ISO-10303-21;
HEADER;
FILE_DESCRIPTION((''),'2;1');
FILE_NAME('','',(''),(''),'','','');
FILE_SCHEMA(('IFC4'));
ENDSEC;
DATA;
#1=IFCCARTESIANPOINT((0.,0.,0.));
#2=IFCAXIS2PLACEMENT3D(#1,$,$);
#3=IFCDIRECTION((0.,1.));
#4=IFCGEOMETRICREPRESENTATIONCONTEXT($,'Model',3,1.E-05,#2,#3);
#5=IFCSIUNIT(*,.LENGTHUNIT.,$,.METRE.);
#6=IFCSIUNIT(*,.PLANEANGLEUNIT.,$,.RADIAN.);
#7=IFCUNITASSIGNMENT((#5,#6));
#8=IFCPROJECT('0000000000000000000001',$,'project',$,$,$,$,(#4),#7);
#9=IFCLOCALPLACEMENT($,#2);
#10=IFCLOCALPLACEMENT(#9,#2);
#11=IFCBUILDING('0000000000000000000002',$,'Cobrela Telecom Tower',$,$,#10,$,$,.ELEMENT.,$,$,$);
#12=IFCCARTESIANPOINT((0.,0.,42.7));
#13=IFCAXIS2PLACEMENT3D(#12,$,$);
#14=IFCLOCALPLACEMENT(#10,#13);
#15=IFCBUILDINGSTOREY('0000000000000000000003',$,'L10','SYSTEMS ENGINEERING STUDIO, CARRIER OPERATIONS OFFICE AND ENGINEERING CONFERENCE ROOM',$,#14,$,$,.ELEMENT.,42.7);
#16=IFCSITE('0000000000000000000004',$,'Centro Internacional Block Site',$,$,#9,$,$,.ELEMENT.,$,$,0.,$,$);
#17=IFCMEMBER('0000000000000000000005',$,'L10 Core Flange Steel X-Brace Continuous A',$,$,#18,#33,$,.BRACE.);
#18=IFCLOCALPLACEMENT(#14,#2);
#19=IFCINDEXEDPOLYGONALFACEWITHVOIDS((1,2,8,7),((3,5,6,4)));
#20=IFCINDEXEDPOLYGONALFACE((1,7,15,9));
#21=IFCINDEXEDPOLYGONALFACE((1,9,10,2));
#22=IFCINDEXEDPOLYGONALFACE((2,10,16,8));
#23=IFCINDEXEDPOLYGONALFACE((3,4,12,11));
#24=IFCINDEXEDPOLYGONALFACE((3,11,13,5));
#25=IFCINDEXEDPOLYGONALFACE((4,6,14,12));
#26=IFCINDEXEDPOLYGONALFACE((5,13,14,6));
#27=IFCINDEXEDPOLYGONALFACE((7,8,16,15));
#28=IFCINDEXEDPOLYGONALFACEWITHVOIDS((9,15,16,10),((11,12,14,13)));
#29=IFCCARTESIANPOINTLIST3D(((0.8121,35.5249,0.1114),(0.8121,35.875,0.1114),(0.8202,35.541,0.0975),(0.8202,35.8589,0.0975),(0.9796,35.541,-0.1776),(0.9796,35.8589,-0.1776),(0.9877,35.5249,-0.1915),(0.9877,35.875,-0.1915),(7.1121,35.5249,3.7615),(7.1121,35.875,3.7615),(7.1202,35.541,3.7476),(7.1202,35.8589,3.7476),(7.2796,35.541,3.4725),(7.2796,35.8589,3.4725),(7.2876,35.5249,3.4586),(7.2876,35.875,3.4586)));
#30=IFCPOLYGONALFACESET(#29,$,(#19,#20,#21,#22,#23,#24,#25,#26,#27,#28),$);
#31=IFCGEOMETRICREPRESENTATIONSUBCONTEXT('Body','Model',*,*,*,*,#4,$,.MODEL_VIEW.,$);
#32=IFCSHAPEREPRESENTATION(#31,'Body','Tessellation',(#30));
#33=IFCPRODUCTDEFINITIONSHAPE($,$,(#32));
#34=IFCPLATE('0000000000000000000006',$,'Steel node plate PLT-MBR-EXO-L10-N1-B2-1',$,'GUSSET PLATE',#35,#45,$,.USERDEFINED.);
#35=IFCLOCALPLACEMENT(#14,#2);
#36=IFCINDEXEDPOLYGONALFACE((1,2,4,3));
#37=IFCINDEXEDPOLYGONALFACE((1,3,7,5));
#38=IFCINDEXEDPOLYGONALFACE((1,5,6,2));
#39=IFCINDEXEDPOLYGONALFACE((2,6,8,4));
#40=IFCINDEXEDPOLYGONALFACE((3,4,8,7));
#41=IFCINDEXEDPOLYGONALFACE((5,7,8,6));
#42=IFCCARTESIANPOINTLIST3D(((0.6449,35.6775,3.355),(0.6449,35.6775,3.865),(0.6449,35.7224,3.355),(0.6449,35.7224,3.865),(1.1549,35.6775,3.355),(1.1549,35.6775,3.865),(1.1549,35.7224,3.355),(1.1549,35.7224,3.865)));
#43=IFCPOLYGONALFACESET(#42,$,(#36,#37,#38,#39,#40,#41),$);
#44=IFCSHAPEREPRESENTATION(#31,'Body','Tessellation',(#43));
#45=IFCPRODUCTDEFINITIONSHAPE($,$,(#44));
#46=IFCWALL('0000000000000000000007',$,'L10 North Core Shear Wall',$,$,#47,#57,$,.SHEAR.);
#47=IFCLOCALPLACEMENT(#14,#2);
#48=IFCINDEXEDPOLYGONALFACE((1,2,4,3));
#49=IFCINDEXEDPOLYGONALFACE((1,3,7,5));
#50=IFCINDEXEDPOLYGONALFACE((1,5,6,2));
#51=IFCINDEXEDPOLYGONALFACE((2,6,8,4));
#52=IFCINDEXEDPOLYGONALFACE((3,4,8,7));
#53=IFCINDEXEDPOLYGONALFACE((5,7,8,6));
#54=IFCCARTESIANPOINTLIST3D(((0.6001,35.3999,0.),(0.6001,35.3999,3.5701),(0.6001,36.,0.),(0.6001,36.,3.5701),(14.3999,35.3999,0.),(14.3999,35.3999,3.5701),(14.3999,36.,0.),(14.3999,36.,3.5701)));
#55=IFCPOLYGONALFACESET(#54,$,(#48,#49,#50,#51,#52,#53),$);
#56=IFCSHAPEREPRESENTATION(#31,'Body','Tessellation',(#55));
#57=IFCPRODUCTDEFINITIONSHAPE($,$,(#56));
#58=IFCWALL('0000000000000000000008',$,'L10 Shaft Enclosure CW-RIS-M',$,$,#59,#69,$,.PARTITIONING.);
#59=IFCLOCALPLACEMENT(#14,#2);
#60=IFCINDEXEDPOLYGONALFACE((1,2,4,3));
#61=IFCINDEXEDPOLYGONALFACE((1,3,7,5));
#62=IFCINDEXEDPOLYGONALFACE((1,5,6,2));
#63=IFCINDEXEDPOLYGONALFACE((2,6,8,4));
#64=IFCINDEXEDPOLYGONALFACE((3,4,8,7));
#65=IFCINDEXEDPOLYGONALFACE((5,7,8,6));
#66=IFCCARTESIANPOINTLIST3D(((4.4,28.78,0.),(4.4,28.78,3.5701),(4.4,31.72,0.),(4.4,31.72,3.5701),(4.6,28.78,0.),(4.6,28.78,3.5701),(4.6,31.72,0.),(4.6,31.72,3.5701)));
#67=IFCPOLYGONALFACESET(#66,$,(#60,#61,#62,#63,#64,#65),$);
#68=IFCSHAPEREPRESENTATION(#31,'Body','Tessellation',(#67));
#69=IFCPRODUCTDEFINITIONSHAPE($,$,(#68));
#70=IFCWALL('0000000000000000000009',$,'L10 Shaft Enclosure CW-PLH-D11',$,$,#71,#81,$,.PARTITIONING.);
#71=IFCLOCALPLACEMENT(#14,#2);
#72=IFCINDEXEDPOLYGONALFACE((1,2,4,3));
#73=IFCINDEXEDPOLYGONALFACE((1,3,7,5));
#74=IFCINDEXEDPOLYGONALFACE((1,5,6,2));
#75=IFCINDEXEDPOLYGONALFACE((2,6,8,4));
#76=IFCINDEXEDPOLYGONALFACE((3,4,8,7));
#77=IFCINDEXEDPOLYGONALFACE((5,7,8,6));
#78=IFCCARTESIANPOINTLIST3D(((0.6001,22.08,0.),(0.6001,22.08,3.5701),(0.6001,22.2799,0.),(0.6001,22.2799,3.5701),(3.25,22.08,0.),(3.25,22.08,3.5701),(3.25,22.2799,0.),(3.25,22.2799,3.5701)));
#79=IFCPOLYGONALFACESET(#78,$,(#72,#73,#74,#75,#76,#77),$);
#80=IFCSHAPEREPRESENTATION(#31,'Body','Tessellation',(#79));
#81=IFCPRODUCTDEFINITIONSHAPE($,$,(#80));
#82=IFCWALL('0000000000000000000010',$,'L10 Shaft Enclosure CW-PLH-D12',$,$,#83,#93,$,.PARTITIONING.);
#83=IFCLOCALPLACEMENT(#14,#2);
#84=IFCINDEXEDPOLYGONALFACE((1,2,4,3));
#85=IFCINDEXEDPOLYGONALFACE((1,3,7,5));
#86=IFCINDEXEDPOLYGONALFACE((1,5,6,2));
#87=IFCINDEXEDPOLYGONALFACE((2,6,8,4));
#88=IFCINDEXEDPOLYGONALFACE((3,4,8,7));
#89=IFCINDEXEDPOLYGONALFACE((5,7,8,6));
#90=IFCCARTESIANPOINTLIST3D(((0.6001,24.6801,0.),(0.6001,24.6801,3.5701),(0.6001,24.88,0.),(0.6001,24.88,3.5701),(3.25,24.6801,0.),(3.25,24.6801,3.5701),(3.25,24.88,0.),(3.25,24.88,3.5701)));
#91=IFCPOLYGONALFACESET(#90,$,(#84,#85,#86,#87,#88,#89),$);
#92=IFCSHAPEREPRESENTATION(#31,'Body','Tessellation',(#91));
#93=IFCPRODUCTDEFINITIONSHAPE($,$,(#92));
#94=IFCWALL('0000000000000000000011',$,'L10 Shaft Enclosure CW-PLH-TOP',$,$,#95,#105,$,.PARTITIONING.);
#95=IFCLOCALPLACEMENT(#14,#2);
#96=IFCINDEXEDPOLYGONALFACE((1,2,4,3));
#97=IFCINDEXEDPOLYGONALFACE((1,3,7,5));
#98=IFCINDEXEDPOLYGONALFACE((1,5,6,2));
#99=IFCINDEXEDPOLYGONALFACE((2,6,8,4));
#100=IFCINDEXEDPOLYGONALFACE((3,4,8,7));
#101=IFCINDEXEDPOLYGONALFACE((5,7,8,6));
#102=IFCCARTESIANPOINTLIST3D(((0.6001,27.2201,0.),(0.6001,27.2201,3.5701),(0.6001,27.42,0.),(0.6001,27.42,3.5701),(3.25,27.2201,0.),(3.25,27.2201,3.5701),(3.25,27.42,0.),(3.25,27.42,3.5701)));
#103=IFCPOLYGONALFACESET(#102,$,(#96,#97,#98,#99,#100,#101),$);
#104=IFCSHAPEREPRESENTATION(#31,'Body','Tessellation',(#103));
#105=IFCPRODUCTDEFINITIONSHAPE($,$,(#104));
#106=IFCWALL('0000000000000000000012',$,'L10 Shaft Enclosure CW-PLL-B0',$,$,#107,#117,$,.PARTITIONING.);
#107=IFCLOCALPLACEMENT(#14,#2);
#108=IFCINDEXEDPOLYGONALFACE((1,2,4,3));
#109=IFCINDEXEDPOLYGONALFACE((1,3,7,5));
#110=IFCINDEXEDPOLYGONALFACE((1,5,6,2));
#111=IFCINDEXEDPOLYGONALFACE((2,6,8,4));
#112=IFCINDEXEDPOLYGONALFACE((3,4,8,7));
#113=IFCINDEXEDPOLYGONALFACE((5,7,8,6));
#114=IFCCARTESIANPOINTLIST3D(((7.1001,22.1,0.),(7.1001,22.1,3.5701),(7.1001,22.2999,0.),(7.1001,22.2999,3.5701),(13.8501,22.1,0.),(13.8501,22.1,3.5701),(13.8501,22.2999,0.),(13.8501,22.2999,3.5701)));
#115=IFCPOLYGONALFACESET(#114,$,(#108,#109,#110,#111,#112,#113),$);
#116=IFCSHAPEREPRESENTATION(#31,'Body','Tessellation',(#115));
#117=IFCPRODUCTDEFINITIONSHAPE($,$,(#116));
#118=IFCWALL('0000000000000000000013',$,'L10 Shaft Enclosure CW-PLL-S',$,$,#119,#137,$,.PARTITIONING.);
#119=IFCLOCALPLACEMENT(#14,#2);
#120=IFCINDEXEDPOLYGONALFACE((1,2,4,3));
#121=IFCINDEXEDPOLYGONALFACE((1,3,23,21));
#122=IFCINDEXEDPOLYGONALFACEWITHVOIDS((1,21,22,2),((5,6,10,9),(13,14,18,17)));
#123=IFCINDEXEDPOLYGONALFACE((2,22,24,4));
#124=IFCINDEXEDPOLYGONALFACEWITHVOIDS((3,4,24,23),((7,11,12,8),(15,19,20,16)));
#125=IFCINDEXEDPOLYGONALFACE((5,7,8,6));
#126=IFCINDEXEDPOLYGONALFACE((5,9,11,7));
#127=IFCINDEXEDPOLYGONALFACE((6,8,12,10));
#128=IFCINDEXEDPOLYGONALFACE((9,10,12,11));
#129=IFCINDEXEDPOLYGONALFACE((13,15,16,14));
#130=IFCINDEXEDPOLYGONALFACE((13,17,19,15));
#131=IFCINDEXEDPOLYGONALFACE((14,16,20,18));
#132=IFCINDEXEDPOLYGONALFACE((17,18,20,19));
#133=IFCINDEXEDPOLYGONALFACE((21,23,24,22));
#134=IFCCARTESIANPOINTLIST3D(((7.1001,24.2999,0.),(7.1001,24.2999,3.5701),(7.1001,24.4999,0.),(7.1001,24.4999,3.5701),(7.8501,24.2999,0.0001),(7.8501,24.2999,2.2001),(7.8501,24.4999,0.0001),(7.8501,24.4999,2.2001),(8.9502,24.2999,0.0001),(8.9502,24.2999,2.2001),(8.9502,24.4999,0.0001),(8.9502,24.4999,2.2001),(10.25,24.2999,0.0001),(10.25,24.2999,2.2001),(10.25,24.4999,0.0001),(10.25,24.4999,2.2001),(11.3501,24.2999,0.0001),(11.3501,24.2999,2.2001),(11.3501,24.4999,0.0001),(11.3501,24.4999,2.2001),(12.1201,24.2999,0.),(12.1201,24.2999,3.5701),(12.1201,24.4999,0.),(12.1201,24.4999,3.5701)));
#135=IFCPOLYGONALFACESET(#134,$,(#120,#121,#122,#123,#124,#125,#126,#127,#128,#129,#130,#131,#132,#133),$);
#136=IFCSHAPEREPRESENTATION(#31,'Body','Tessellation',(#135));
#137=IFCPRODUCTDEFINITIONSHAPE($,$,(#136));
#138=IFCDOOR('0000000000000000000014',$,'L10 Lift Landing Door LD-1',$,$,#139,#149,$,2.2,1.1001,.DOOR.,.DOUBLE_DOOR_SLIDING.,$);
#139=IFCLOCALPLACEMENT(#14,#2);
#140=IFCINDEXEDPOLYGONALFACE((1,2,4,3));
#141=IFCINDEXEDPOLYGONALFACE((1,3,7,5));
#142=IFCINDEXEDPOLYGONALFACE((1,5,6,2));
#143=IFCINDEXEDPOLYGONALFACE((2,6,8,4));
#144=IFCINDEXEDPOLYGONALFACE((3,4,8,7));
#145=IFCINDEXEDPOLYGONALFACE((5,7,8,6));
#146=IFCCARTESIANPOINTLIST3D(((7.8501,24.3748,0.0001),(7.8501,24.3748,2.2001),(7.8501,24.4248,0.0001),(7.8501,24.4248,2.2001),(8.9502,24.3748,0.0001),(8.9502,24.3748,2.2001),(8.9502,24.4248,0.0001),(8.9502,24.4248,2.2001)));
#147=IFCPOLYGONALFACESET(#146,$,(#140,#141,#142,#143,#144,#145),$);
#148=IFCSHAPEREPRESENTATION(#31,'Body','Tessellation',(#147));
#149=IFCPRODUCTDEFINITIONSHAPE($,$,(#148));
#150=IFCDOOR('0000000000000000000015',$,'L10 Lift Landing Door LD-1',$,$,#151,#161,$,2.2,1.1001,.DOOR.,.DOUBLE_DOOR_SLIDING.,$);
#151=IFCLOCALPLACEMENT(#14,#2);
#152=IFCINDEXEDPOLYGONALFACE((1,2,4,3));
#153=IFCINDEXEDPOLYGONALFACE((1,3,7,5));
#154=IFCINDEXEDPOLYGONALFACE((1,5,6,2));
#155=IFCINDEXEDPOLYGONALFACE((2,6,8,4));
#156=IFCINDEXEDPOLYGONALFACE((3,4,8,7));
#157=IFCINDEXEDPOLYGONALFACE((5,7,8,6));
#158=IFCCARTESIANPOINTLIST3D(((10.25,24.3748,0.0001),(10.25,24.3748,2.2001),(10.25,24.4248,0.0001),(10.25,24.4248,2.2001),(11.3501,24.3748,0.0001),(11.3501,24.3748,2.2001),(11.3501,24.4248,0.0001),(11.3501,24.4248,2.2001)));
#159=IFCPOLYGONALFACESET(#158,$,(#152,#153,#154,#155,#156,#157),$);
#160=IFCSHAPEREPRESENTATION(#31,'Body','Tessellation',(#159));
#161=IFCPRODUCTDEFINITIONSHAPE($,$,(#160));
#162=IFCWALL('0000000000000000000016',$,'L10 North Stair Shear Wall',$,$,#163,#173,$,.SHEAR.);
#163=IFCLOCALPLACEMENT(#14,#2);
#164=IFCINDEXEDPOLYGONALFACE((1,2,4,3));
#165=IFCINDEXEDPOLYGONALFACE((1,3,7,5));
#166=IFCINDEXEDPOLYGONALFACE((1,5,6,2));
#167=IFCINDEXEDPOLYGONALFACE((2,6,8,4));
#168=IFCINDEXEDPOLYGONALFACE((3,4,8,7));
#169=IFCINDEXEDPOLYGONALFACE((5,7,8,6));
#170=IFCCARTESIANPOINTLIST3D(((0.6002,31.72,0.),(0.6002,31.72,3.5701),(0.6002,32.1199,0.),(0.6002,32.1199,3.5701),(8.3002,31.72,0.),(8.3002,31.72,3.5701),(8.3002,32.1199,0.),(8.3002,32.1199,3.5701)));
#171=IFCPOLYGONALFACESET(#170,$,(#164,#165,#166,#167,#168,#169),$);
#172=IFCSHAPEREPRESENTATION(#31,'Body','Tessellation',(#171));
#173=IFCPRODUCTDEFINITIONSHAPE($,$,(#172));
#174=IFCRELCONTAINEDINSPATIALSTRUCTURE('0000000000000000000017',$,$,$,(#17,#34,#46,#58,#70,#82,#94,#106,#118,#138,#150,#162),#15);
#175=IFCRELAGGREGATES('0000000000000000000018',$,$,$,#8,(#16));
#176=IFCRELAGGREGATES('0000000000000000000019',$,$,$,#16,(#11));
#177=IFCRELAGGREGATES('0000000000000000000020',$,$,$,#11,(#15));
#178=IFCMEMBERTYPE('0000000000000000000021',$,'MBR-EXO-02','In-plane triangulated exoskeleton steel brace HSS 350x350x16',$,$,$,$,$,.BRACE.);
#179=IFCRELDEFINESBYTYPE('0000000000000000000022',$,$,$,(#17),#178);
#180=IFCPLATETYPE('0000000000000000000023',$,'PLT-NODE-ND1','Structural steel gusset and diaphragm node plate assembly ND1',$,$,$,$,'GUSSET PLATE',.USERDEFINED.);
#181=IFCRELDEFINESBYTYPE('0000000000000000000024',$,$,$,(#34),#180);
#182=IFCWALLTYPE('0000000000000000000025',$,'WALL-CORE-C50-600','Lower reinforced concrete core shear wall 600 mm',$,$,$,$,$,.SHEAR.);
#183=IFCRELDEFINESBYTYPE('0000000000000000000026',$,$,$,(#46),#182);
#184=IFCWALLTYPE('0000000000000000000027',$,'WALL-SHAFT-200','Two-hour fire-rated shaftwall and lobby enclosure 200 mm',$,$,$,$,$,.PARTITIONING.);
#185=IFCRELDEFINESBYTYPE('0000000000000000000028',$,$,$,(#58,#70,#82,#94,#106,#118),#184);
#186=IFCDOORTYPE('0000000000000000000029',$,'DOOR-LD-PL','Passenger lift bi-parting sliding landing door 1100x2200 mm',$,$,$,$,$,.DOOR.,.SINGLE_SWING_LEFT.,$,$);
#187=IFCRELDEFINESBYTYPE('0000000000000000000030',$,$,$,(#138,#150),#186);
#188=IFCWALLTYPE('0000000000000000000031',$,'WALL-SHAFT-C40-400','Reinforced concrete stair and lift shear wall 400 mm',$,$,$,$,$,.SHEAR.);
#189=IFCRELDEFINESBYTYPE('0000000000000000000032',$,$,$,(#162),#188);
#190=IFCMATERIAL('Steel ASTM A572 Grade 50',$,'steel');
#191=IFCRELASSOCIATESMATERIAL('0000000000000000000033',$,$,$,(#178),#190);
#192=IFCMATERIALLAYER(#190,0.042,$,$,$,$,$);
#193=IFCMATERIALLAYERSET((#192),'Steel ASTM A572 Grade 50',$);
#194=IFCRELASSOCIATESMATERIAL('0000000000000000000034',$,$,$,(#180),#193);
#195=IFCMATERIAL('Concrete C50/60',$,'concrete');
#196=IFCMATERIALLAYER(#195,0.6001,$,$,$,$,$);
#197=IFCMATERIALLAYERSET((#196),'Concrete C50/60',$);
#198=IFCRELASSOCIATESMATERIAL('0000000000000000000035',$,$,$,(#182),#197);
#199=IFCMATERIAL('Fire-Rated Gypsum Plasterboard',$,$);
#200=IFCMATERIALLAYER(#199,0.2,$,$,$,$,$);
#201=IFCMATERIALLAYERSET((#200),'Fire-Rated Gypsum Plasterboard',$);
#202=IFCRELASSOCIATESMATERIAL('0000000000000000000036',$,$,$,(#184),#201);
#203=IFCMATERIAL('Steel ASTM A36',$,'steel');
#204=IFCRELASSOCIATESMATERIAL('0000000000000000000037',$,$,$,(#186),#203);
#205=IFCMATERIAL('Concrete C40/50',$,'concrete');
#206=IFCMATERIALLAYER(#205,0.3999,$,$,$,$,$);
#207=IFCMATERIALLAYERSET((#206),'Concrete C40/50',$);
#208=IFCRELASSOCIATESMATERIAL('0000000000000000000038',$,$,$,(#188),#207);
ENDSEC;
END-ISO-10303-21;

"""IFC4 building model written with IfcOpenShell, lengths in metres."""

from ifc_helpers import new_model, si_unit, direction, frame, frame_2d, origin, origin_2d, place, context, subcontext, project, spatial, rectangle, hollow_rectangle, extrude, material, layer, layer_set, material_profile, profile_set, type_object, element, fill, save


model = new_model("IFC4")

# Units and contexts
model_context = context("Model", 3, precision=1e-05, world=origin(), true_north=direction((0.0, 1.0)))
body_context = subcontext(model_context, "Body", "Model", "MODEL_VIEW")
ifc_project = project(units=[si_unit("LENGTHUNIT", "METRE"), si_unit("PLANEANGLEUNIT", "RADIAN")], contexts=[model_context])

# Site, building, storey
site_placement = place(None, origin())
site = spatial("IfcSite", under=ifc_project, at=site_placement, Name="Centro Internacional Block Site", CompositionType="ELEMENT", RefElevation=0.0)
building_placement = place(site_placement, origin())
building = spatial("IfcBuilding", under=site, at=building_placement, Name="Cobrela Telecom Tower", CompositionType="ELEMENT")
storey_placement = place(building_placement, frame((0.0, 0.0, 42.7)))
storey = spatial("IfcBuildingStorey", under=building, at=storey_placement, Name="L10", Description="SYSTEMS ENGINEERING STUDIO, CARRIER OPERATIONS OFFICE AND ENGINEERING CONFERENCE ROOM", CompositionType="ELEMENT", Elevation=42.7)

# Member
ifc_material_1 = material(Name="Steel ASTM A572 Grade 50", Category="steel")
ifc_material_profile = material_profile(ifc_material_1, hollow_rectangle(XDim=0.3501, YDim=0.3501, WallThickness=0.0161, at=origin_2d()), Name="HSS 350x350x16")
ifc_profile_set = profile_set([ifc_material_profile], Name="Steel ASTM A572 Grade 50")
member_type = type_object("IfcMemberType", Name="MBR-EXO-02", Description="In-plane triangulated exoskeleton steel brace HSS 350x350x16", PredefinedType="BRACE", material=ifc_profile_set)
member_placement = place(storey_placement, frame((0.8999, 35.7, -0.04), z_axis=(0.865262, 0.0, 0.501319), x_axis=(0.0, 1.0, 0.0)))
element("IfcMember", 1, at=member_placement, inside=storey, type_object=member_type, Name="L10 Core Flange Steel X-Brace Continuous A", PredefinedType="BRACE", context=body_context, shape_type="SweptSolid", body=[
    extrude(hollow_rectangle(XDim=0.3501, YDim=0.3501, WallThickness=0.0161, at=origin_2d()), origin(), (0.0, 0.0, 1.0), 7.281),
])

# Plate
ifc_layer_1 = layer(ifc_material_1, 0.042)
ifc_layer_set_1 = layer_set([ifc_layer_1], Name="Steel ASTM A572 Grade 50")
plate_type = type_object("IfcPlateType", Name="PLT-NODE-ND1", Description="Structural steel gusset and diaphragm node plate assembly ND1", ElementType="GUSSET PLATE", PredefinedType="USERDEFINED", material=ifc_layer_set_1)
plate_placement = place(storey_placement, frame((0.8999, 35.7, 3.355), z_axis=(0.0, 0.0, 1.0), x_axis=(-1.0, 0.0, 0.0)))
element("IfcPlate", 2, at=plate_placement, inside=storey, type_object=plate_type, Name="Steel node plate PLT-MBR-EXO-L10-N1-B2-1", ObjectType="GUSSET PLATE", PredefinedType="USERDEFINED", context=body_context, shape_type="SweptSolid", body=[
    extrude(rectangle(XDim=0.51, YDim=0.0449, at=origin_2d()), origin(), (0.0, 0.0, 1.0), 0.51),
])

# Wall
ifc_material_2 = material(Name="Concrete C50/60", Category="concrete")
ifc_layer_2 = layer(ifc_material_2, 0.6001)
ifc_layer_set_2 = layer_set([ifc_layer_2], Name="Concrete C50/60")
wall_type_1 = type_object("IfcWallType", Name="WALL-CORE-C50-600", Description="Lower reinforced concrete core shear wall 600 mm", PredefinedType="SHEAR", material=ifc_layer_set_2)
wall_1_placement = place(storey_placement, frame((0.6001, 35.7, 0.0), z_axis=(0.0, 0.0, 1.0), x_axis=(1.0, 0.0, 0.0)))
element("IfcWall", 3, at=wall_1_placement, inside=storey, type_object=wall_type_1, Name="L10 North Core Shear Wall", PredefinedType="SHEAR", context=body_context, shape_type="SweptSolid", body=[
    extrude(rectangle(XDim=13.7998, YDim=0.6001, at=frame_2d((6.8999, 0.0))), origin(), (0.0, 0.0, 1.0), 3.5701),
])

# Shared definitions
ifc_material_3 = material(Name="Fire-Rated Gypsum Plasterboard")
ifc_layer_3 = layer(ifc_material_3, 0.2)
ifc_layer_set_3 = layer_set([ifc_layer_3], Name="Fire-Rated Gypsum Plasterboard")
wall_type_2 = type_object("IfcWallType", Name="WALL-SHAFT-200", Description="Two-hour fire-rated shaftwall and lobby enclosure 200 mm", PredefinedType="PARTITIONING", material=ifc_layer_set_3)
ifc_material_4 = material(Name="Steel ASTM A36", Category="steel")

# Walls
wall_2_placement = place(storey_placement, frame((4.5, 28.78, 0.0), z_axis=(0.0, 0.0, 1.0), x_axis=(0.0, 1.0, 0.0)))
element("IfcWall", 4, at=wall_2_placement, inside=storey, type_object=wall_type_2, Name="L10 Shaft Enclosure CW-RIS-M", PredefinedType="PARTITIONING", context=body_context, shape_type="SweptSolid", body=[
    extrude(rectangle(XDim=2.9399, YDim=0.2, at=frame_2d((1.47, 0.0))), origin(), (0.0, 0.0, 1.0), 3.5701),
])
for number, where, z_axis, x_axis, name in (
    (5, (0.6001, 22.1799, 0.0), (0.0, 0.0, 1.0), (1.0, 0.0, 0.0), "L10 Shaft Enclosure CW-PLH-D11"),
    (6, (0.6001, 24.78, 0.0), (0.0, 0.0, 1.0), (1.0, 0.0, 0.0), "L10 Shaft Enclosure CW-PLH-D12"),
    (7, (0.6001, 27.3201, 0.0), (0.0, 0.0, 1.0), (1.0, 0.0, 0.0), "L10 Shaft Enclosure CW-PLH-TOP"),
):
    element("IfcWall", number, at=place(storey_placement, frame(where, z_axis=z_axis, x_axis=x_axis)), inside=storey, type_object=wall_type_2, Name=name, PredefinedType="PARTITIONING", context=body_context, shape_type="SweptSolid", body=[
        extrude(rectangle(XDim=2.6499, YDim=0.2, at=frame_2d((1.325, 0.0))), origin(), (0.0, 0.0, 1.0), 3.5701),
    ])
wall_3_placement = place(storey_placement, frame((7.1001, 22.2, 0.0), z_axis=(0.0, 0.0, 1.0), x_axis=(1.0, 0.0, 0.0)))
element("IfcWall", 8, at=wall_3_placement, inside=storey, type_object=wall_type_2, Name="L10 Shaft Enclosure CW-PLL-B0", PredefinedType="PARTITIONING", context=body_context, shape_type="SweptSolid", body=[
    extrude(rectangle(XDim=6.75, YDim=0.2, at=frame_2d((3.375, 0.0))), origin(), (0.0, 0.0, 1.0), 3.5701),
])

# Wall, openings, doors
wall_4_placement = place(storey_placement, frame((7.1001, 24.3999, 0.0), z_axis=(0.0, 0.0, 1.0), x_axis=(1.0, 0.0, 0.0)))
wall_4 = element("IfcWall", 9, at=wall_4_placement, inside=storey, type_object=wall_type_2, Name="L10 Shaft Enclosure CW-PLL-S", PredefinedType="PARTITIONING", context=body_context, shape_type="SweptSolid", body=[
    extrude(rectangle(XDim=5.02, YDim=0.2, at=frame_2d((2.51, 0.0))), origin(), (0.0, 0.0, 1.0), 3.5701),
])
opening_1_placement = place(wall_4_placement, frame((0.75, 0.0, 0.0)))
opening_1 = element("IfcOpeningElement", 10, at=opening_1_placement, cuts=wall_4, PredefinedType="OPENING", context=body_context, shape_type="SweptSolid", body=[
    extrude(rectangle(XDim=1.1001, YDim=2.2, at=frame_2d((0.55, 1.1001))), frame((0.0, 0.1118, 0.0), z_axis=(0.0, -1.0, 0.0), x_axis=(1.0, 0.0, 0.0)), (0.0, 0.0, 1.0), 0.2239),
])
opening_2_placement = place(wall_4_placement, frame((3.1499, 0.0, 0.0)))
opening_2 = element("IfcOpeningElement", 11, at=opening_2_placement, cuts=wall_4, PredefinedType="OPENING", context=body_context, shape_type="SweptSolid", body=[
    extrude(rectangle(XDim=1.1001, YDim=2.2, at=frame_2d((0.55, 1.1001))), frame((0.0, 0.1118, 0.0), z_axis=(0.0, -1.0, 0.0), x_axis=(1.0, 0.0, 0.0)), (0.0, 0.0, 1.0), 0.2239),
])
door_type_1 = type_object("IfcDoorType", Name="DOOR-LD-PL", Description="Passenger lift bi-parting sliding landing door 1100x2200 mm", OperationType="SINGLE_SWING_LEFT", PredefinedType="DOOR", material=ifc_material_4)
door_1_placement = place(opening_1_placement, origin())
door_1 = element("IfcDoor", 12, at=door_1_placement, inside=storey, type_object=door_type_1, Name="L10 Lift Landing Door LD-1", OperationType="DOUBLE_DOOR_SLIDING", OverallHeight=2.2, OverallWidth=1.1001, PredefinedType="DOOR", context=body_context, shape_type="SweptSolid", body=[
    extrude(rectangle(XDim=1.1001, YDim=2.2, at=frame_2d((0.55, 1.1001))), frame((0.0, 0.0249, 0.0), z_axis=(0.0, -1.0, 0.0), x_axis=(1.0, 0.0, 0.0)), (0.0, 0.0, 1.0), 0.05),
])
fill(opening_1, door_1)
door_2_placement = place(opening_2_placement, origin())
door_2 = element("IfcDoor", 13, at=door_2_placement, inside=storey, type_object=door_type_1, Name="L10 Lift Landing Door LD-1", OperationType="DOUBLE_DOOR_SLIDING", OverallHeight=2.2, OverallWidth=1.1001, PredefinedType="DOOR", context=body_context, shape_type="SweptSolid", body=[
    extrude(rectangle(XDim=1.1001, YDim=2.2, at=frame_2d((0.55, 1.1001))), frame((0.0, 0.0249, 0.0), z_axis=(0.0, -1.0, 0.0), x_axis=(1.0, 0.0, 0.0)), (0.0, 0.0, 1.0), 0.05),
])
fill(opening_2, door_2)

# Wall
ifc_material_5 = material(Name="Concrete C40/50", Category="concrete")
ifc_layer_4 = layer(ifc_material_5, 0.3999)
ifc_layer_set_4 = layer_set([ifc_layer_4], Name="Concrete C40/50")
wall_type_3 = type_object("IfcWallType", Name="WALL-SHAFT-C40-400", Description="Reinforced concrete stair and lift shear wall 400 mm", PredefinedType="SHEAR", material=ifc_layer_set_4)
wall_5_placement = place(storey_placement, frame((0.6001, 31.9199, 0.0), z_axis=(0.0, 0.0, 1.0), x_axis=(1.0, 0.0, 0.0)))
element("IfcWall", 14, at=wall_5_placement, inside=storey, type_object=wall_type_3, Name="L10 North Stair Shear Wall", PredefinedType="SHEAR", context=body_context, shape_type="SweptSolid", body=[
    extrude(rectangle(XDim=7.7, YDim=0.3999, at=frame_2d((3.8501, 0.0))), origin(), (0.0, 0.0, 1.0), 3.5701),
])

save(model, "model.ifc")
